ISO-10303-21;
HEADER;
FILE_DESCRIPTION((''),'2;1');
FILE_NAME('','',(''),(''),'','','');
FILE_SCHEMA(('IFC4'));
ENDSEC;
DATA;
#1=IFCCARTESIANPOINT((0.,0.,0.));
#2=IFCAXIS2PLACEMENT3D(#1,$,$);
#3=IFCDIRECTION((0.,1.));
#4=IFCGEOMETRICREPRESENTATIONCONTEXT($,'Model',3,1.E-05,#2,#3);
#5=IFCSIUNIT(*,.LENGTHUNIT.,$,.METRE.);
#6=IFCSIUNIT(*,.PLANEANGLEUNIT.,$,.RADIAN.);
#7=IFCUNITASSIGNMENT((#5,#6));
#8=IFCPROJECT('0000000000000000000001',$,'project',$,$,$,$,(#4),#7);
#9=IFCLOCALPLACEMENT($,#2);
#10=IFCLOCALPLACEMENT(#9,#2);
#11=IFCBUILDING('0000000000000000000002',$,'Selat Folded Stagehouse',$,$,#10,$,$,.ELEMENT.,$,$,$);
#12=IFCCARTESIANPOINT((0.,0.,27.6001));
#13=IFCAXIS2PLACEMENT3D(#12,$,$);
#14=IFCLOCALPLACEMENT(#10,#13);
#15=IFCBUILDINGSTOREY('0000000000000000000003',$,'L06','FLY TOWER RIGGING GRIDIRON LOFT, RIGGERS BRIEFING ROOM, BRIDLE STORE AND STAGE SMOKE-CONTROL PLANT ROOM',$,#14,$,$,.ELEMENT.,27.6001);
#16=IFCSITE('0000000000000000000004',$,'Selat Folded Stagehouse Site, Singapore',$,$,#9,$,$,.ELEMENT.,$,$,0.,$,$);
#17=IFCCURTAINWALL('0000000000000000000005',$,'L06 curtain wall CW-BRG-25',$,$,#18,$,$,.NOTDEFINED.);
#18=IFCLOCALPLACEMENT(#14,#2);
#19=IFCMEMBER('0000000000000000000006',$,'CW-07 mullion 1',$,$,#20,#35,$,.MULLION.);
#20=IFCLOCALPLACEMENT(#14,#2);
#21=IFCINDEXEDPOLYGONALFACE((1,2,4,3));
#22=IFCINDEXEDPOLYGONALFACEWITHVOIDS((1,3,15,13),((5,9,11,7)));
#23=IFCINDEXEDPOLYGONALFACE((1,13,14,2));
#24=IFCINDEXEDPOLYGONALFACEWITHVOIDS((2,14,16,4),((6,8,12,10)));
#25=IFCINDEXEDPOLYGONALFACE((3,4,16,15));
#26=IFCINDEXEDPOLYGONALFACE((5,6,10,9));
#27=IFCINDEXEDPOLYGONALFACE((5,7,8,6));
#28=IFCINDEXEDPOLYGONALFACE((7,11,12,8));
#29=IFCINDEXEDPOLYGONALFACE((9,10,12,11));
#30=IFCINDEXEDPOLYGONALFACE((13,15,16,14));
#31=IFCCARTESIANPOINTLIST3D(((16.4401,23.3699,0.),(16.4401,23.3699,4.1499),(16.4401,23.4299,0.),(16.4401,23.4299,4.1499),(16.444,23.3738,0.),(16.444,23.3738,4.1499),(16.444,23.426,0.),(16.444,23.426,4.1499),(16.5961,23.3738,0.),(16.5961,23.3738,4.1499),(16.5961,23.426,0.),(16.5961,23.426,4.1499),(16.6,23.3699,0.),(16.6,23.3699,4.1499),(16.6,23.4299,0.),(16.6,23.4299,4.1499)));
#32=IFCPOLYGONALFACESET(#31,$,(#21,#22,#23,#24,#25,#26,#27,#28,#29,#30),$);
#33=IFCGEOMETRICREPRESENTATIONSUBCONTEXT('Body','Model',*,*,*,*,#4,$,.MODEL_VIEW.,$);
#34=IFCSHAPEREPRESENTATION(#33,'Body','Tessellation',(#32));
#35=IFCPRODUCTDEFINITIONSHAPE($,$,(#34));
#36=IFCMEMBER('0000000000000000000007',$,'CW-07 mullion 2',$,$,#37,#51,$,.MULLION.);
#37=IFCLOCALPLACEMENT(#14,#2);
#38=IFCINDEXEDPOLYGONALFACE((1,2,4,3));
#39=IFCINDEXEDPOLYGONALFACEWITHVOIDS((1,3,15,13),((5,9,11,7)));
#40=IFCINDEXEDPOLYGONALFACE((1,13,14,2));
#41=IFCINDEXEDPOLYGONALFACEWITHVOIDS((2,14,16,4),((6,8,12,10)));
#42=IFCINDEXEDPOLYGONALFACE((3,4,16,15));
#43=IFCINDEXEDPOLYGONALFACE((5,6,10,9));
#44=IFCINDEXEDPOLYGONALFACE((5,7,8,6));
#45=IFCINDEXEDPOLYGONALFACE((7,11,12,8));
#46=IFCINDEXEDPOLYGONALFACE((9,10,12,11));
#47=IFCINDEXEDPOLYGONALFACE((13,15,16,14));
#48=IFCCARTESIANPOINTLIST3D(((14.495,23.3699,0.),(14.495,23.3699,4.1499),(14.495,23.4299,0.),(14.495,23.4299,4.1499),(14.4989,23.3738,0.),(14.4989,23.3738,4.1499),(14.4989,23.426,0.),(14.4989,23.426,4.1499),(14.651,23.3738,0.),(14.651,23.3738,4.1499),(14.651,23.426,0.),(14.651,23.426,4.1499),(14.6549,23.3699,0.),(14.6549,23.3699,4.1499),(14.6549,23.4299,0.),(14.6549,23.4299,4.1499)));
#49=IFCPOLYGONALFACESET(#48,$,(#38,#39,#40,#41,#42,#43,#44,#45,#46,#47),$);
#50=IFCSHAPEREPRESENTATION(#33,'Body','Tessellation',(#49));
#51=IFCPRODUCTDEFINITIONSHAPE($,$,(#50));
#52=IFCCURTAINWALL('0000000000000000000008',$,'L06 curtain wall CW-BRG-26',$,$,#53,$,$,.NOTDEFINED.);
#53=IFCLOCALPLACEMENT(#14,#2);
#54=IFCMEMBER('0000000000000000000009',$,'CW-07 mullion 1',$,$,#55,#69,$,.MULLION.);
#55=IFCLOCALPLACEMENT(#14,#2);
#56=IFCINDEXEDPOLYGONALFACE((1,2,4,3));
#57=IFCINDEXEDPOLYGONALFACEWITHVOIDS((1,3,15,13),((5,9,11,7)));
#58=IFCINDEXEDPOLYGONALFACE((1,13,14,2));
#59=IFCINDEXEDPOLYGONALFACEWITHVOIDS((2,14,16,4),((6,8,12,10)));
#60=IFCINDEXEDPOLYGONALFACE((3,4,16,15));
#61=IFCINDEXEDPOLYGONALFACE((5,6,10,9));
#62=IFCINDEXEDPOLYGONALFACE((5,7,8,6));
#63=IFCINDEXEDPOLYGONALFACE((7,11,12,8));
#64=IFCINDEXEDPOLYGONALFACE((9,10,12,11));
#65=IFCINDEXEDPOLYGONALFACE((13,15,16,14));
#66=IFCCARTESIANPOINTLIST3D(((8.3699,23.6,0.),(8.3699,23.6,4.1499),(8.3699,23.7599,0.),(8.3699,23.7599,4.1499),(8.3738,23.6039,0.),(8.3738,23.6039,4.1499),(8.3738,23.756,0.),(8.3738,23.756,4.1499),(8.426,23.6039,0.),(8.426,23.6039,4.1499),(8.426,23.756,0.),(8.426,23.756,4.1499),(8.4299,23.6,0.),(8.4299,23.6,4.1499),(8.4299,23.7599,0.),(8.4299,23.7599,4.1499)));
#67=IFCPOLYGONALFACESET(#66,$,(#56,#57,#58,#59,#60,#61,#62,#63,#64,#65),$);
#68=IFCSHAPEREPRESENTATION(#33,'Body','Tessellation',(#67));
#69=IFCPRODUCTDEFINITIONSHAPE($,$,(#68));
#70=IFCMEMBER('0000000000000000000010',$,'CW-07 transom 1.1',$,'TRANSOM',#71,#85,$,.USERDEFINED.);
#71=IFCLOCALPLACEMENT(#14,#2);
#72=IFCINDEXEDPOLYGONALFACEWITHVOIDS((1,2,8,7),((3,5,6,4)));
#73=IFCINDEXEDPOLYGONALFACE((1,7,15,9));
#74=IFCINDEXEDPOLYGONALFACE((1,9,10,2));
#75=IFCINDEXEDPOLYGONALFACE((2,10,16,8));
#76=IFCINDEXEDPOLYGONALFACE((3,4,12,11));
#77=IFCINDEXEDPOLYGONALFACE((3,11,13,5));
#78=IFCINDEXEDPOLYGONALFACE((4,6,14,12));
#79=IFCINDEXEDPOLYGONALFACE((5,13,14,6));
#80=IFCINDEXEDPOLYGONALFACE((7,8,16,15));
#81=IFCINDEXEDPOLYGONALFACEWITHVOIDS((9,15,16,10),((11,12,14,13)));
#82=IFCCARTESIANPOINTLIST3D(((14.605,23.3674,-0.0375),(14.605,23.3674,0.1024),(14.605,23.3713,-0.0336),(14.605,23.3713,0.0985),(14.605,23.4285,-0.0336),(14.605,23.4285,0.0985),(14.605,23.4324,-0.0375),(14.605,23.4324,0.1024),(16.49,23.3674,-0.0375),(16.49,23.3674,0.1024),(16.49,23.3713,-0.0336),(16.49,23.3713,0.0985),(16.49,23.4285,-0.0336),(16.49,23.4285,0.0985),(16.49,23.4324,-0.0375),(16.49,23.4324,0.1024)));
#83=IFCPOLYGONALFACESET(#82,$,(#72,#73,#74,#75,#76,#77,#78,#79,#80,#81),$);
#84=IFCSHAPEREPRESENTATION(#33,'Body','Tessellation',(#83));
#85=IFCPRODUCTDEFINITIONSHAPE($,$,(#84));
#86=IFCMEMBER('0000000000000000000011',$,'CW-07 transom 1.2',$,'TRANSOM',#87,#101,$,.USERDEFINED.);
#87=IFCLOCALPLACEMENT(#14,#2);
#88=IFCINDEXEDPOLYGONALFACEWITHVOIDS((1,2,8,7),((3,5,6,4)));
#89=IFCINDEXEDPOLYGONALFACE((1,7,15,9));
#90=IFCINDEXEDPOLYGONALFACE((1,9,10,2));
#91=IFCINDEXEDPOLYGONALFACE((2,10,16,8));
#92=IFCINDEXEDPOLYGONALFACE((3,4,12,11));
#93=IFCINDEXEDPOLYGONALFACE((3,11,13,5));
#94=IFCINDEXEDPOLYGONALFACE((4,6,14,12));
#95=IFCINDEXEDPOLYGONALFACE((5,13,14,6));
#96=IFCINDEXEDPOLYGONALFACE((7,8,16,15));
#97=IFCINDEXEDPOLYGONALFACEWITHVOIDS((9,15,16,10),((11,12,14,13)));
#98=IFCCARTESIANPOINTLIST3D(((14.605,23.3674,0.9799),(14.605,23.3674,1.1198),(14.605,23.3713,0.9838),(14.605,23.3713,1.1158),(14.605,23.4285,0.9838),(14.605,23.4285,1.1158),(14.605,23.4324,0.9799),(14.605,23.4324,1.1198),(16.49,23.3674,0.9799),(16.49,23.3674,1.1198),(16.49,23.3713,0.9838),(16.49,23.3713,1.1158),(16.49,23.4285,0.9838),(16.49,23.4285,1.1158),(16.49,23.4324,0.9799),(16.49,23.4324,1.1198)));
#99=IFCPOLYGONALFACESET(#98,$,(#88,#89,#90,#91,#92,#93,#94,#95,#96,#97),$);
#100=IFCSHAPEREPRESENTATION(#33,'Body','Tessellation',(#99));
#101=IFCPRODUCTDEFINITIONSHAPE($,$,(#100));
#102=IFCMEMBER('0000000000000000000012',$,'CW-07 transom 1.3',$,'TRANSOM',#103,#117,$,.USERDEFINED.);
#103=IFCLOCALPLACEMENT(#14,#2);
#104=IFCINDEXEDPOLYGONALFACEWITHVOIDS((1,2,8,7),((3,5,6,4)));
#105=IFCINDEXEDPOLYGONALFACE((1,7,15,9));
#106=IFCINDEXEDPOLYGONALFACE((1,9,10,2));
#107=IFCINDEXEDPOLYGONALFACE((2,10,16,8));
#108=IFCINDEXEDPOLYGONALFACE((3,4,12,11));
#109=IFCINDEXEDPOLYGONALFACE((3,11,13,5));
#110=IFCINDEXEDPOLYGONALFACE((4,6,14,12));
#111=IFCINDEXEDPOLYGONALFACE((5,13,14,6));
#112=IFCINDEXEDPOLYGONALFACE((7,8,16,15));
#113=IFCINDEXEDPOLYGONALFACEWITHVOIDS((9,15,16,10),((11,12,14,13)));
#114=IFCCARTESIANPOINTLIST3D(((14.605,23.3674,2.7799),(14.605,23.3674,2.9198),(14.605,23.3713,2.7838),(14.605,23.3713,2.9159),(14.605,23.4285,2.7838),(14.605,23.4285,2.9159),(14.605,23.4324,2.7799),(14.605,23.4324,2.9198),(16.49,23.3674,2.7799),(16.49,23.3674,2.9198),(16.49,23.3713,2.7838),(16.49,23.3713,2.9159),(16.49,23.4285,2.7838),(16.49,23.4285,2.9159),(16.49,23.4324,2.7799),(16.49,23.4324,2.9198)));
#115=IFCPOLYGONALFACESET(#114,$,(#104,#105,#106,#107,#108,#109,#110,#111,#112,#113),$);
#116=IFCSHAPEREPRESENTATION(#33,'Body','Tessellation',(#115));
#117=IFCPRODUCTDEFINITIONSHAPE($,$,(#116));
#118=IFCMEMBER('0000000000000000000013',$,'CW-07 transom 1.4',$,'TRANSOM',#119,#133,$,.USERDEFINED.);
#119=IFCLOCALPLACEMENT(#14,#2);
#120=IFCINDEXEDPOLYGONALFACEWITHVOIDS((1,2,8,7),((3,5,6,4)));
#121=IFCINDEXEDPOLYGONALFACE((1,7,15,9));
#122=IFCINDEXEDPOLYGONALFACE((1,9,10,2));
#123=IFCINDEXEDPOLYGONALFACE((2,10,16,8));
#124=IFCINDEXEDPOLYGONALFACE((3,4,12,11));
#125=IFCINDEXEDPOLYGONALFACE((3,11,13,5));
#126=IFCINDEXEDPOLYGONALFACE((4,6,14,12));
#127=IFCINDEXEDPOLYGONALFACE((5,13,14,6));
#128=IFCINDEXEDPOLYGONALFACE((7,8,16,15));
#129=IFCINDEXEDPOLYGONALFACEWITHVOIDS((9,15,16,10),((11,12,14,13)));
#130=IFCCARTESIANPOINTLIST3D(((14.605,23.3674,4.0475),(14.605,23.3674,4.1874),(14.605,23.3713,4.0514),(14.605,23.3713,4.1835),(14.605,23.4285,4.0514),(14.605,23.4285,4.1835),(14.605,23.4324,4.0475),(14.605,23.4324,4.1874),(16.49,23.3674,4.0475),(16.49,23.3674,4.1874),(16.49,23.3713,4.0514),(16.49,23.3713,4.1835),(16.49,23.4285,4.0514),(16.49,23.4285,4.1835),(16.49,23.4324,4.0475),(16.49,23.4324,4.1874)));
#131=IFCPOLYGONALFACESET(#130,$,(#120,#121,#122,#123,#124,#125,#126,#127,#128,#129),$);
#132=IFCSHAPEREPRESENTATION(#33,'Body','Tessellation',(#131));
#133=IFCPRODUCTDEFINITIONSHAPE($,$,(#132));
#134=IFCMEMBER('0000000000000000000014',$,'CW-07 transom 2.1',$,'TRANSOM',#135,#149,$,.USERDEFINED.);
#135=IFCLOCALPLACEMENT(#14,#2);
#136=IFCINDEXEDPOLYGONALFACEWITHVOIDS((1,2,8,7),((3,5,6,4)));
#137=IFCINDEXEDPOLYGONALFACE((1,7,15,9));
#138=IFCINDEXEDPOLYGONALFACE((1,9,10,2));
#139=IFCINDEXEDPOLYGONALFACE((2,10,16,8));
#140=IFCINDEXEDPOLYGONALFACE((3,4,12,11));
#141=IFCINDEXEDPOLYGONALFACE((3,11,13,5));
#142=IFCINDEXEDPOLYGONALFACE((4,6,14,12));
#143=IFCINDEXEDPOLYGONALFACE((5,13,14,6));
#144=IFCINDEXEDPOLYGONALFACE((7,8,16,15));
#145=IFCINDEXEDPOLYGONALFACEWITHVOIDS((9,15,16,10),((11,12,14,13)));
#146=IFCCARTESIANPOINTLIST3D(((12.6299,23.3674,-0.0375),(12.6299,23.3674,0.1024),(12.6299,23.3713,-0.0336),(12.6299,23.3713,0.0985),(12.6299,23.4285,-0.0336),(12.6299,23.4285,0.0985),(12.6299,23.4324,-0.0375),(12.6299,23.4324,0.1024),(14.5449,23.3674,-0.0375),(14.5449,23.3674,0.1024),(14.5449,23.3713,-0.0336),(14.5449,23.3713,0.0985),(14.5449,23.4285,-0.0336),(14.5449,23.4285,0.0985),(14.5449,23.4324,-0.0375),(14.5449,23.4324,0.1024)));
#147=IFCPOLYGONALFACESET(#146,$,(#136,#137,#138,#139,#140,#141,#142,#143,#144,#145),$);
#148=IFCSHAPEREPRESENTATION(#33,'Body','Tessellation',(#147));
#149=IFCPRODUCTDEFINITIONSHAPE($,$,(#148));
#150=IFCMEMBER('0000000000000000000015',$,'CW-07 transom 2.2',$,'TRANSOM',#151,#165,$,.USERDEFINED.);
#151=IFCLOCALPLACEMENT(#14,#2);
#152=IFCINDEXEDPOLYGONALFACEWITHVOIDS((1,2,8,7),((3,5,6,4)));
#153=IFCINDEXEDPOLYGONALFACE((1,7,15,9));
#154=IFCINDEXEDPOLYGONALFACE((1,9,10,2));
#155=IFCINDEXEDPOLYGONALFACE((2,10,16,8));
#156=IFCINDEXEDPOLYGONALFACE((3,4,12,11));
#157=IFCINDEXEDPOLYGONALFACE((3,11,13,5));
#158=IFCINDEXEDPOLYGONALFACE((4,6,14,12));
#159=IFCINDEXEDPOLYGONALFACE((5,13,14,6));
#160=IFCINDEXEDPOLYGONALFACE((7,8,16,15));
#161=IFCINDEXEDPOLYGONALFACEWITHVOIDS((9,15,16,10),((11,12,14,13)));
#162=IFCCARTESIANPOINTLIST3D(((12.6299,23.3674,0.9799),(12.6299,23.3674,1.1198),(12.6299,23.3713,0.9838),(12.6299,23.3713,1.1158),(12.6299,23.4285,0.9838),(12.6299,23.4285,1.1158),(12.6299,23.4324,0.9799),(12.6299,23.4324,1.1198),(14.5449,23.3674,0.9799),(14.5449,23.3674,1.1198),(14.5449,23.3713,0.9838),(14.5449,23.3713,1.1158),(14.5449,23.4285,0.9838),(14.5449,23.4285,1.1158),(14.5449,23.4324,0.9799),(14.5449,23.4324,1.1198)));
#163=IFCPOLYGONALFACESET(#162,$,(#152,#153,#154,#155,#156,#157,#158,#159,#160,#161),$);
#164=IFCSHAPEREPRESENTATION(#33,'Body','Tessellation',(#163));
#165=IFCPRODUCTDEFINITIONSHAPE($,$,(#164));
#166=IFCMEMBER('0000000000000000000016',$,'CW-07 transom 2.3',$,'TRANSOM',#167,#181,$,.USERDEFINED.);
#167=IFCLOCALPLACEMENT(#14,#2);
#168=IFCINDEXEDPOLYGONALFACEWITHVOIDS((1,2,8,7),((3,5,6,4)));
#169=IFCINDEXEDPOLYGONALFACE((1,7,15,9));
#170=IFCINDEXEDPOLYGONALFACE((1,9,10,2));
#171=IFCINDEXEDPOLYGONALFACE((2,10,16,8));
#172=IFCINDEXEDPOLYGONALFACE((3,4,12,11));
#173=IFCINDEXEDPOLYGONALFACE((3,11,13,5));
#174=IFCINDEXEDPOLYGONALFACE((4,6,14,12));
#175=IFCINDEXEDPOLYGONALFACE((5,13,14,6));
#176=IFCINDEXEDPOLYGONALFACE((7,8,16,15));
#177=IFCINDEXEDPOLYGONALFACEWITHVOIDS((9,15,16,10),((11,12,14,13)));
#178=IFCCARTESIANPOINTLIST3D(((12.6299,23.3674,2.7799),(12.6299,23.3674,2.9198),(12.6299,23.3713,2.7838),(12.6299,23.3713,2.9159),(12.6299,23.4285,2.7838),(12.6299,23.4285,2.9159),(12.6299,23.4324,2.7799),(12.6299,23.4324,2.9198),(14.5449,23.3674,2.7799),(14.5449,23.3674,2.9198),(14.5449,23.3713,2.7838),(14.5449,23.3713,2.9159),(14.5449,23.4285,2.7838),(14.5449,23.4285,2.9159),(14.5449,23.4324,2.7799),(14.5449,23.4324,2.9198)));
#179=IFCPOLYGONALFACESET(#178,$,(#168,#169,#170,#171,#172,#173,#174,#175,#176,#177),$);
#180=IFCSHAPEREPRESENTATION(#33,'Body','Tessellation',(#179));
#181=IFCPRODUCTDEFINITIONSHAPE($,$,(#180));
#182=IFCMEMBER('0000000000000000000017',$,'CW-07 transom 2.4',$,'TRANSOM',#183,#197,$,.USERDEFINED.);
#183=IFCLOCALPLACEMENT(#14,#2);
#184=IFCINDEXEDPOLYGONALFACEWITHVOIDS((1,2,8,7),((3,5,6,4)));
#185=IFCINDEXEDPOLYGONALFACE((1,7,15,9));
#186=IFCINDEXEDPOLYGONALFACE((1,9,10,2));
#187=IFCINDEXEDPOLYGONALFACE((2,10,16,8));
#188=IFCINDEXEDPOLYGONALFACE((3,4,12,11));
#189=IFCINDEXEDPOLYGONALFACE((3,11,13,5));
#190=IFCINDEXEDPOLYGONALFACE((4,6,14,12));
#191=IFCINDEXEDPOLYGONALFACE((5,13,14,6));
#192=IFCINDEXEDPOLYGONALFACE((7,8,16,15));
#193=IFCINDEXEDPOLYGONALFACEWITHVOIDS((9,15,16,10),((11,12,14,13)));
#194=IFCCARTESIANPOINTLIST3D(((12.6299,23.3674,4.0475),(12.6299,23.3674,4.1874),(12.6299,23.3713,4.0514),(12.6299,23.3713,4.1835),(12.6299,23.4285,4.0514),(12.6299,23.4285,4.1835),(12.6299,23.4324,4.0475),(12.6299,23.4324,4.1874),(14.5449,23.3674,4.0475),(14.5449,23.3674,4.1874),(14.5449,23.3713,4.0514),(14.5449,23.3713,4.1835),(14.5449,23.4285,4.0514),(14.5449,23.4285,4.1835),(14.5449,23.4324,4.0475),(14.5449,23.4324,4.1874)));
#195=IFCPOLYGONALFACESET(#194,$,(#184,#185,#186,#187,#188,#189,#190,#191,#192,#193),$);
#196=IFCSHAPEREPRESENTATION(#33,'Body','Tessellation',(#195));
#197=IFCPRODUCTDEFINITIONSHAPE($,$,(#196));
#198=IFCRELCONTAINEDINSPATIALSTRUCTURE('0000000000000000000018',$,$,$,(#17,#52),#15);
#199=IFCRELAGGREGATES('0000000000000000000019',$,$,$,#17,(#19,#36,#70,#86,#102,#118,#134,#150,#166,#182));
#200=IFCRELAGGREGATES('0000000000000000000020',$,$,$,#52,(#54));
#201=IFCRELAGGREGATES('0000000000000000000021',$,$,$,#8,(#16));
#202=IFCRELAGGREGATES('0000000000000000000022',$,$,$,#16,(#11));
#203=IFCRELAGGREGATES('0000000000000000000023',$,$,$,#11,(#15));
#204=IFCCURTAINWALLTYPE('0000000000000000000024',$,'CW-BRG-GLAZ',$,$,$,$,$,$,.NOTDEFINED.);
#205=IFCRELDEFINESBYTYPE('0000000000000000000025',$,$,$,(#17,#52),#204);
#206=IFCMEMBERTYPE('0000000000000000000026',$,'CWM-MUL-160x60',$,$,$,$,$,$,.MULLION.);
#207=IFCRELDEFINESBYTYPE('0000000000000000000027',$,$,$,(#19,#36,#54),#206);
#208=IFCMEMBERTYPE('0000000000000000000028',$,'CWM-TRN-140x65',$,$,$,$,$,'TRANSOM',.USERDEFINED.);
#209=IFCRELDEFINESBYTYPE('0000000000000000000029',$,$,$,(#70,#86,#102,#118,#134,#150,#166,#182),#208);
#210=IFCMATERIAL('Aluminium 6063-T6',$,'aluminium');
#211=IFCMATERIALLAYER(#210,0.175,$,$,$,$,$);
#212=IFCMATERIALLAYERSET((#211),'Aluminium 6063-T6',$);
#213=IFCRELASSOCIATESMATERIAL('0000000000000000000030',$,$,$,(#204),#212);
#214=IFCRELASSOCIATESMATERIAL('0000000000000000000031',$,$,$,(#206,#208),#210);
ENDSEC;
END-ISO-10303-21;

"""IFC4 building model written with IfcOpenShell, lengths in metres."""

from ifc_helpers import new_model, si_unit, direction, frame, origin, origin_2d, place, context, subcontext, project, spatial, hollow_rectangle, extrude, material, layer, layer_set, material_profile, profile_set, type_object, element, aggregate, save


model = new_model("IFC4")

# Units and contexts
model_context = context("Model", 3, precision=1e-05, world=origin(), true_north=direction((0.0, 1.0)))
body_context = subcontext(model_context, "Body", "Model", "MODEL_VIEW")
ifc_project = project(units=[si_unit("LENGTHUNIT", "METRE"), si_unit("PLANEANGLEUNIT", "RADIAN")], contexts=[model_context])

# Site, building, storey
site_placement = place(None, origin())
site = spatial("IfcSite", under=ifc_project, at=site_placement, Name="Selat Folded Stagehouse Site, Singapore", CompositionType="ELEMENT", RefElevation=0.0)
building_placement = place(site_placement, origin())
building = spatial("IfcBuilding", under=site, at=building_placement, Name="Selat Folded Stagehouse", CompositionType="ELEMENT")
storey_placement = place(building_placement, frame((0.0, 0.0, 27.6001)))
storey = spatial("IfcBuildingStorey", under=building, at=storey_placement, Name="L06", Description="FLY TOWER RIGGING GRIDIRON LOFT, RIGGERS BRIEFING ROOM, BRIDLE STORE AND STAGE SMOKE-CONTROL PLANT ROOM", CompositionType="ELEMENT", Elevation=27.6001)

# Curtain wall, members
ifc_material_1 = material(Name="Aluminium 6063-T6", Category="aluminium")
ifc_layer_1 = layer(ifc_material_1, 0.175)
ifc_layer_set_1 = layer_set([ifc_layer_1], Name="Aluminium 6063-T6")
curtain_wall_type = type_object("IfcCurtainWallType", Name="CW-BRG-GLAZ", PredefinedType="NOTDEFINED", material=ifc_layer_set_1)
curtain_wall_1_placement = place(storey_placement, origin())
curtain_wall_1 = element("IfcCurtainWall", 1, at=curtain_wall_1_placement, inside=storey, type_object=curtain_wall_type, Name="L06 curtain wall CW-BRG-25", PredefinedType="NOTDEFINED")
ifc_material_profile_1 = material_profile(ifc_material_1, hollow_rectangle(XDim=0.0601, YDim=0.1599, WallThickness=0.0039, at=origin_2d()), Name="ALU 160x60x4.0")
ifc_profile_set_1 = profile_set([ifc_material_profile_1], Name="Aluminium 6063-T6")
member_type_1 = type_object("IfcMemberType", Name="CWM-MUL-160x60", PredefinedType="MULLION", material=ifc_profile_set_1)
member_1_placement = place(storey_placement, frame((16.52, 23.3999, 0.0), z_axis=(0.0, 0.0, 1.0), x_axis=(0.0, -1.0, 0.0)))
member_1 = element("IfcMember", 2, at=member_1_placement, type_object=member_type_1, Name="CW-07 mullion 1", PredefinedType="MULLION", context=body_context, shape_type="SweptSolid", body=[
    extrude(hollow_rectangle(XDim=0.0601, YDim=0.1599, WallThickness=0.0039, at=origin_2d()), origin(), (0.0, 0.0, 1.0), 4.1499),
])
member_2_placement = place(storey_placement, frame((14.575, 23.3999, 0.0), z_axis=(0.0, 0.0, 1.0), x_axis=(0.0, -1.0, 0.0)))
member_2 = element("IfcMember", 3, at=member_2_placement, type_object=member_type_1, Name="CW-07 mullion 2", PredefinedType="MULLION", context=body_context, shape_type="SweptSolid", body=[
    extrude(hollow_rectangle(XDim=0.0601, YDim=0.1599, WallThickness=0.0039, at=origin_2d()), origin(), (0.0, 0.0, 1.0), 4.1499),
])

# Curtain wall, member
curtain_wall_2_placement = place(storey_placement, origin())
curtain_wall_2 = element("IfcCurtainWall", 4, at=curtain_wall_2_placement, inside=storey, type_object=curtain_wall_type, Name="L06 curtain wall CW-BRG-26", PredefinedType="NOTDEFINED")
member_3_placement = place(storey_placement, frame((8.3999, 23.6799, 0.0), z_axis=(0.0, 0.0, 1.0), x_axis=(-1.0, 0.0, 0.0)))
member_3 = element("IfcMember", 5, at=member_3_placement, type_object=member_type_1, Name="CW-07 mullion 1", PredefinedType="MULLION", context=body_context, shape_type="SweptSolid", body=[
    extrude(hollow_rectangle(XDim=0.0601, YDim=0.1599, WallThickness=0.0039, at=origin_2d()), origin(), (0.0, 0.0, 1.0), 4.1499),
])

# Members
ifc_material_profile_2 = material_profile(ifc_material_1, hollow_rectangle(XDim=0.0649, YDim=0.1399, WallThickness=0.0039, at=origin_2d()), Name="ALU 140x65x4.0")
ifc_profile_set_2 = profile_set([ifc_material_profile_2], Name="Aluminium 6063-T6")
member_type_2 = type_object("IfcMemberType", Name="CWM-TRN-140x65", ElementType="TRANSOM", PredefinedType="USERDEFINED", material=ifc_profile_set_2)
member_4_placement = place(storey_placement, frame((16.49, 23.3999, 0.0325), z_axis=(-1.0, 0.0, 0.0), x_axis=(0.0, -1.0, 0.0)))
member_4 = element("IfcMember", 6, at=member_4_placement, type_object=member_type_2, Name="CW-07 transom 1.1", ObjectType="TRANSOM", PredefinedType="USERDEFINED", context=body_context, shape_type="SweptSolid", body=[
    extrude(hollow_rectangle(XDim=0.0649, YDim=0.1399, WallThickness=0.0039, at=origin_2d()), origin(), (0.0, 0.0, 1.0), 1.885),
])
member_5_placement = place(storey_placement, frame((16.49, 23.3999, 1.0498), z_axis=(-1.0, 0.0, 0.0), x_axis=(0.0, -1.0, 0.0)))
member_5 = element("IfcMember", 7, at=member_5_placement, type_object=member_type_2, Name="CW-07 transom 1.2", ObjectType="TRANSOM", PredefinedType="USERDEFINED", context=body_context, shape_type="SweptSolid", body=[
    extrude(hollow_rectangle(XDim=0.0649, YDim=0.1399, WallThickness=0.0039, at=origin_2d()), origin(), (0.0, 0.0, 1.0), 1.885),
])
member_6_placement = place(storey_placement, frame((16.49, 23.3999, 2.8499), z_axis=(-1.0, 0.0, 0.0), x_axis=(0.0, -1.0, 0.0)))
member_6 = element("IfcMember", 8, at=member_6_placement, type_object=member_type_2, Name="CW-07 transom 1.3", ObjectType="TRANSOM", PredefinedType="USERDEFINED", context=body_context, shape_type="SweptSolid", body=[
    extrude(hollow_rectangle(XDim=0.0649, YDim=0.1399, WallThickness=0.0039, at=origin_2d()), origin(), (0.0, 0.0, 1.0), 1.885),
])
member_7_placement = place(storey_placement, frame((16.49, 23.3999, 4.1174), z_axis=(-1.0, 0.0, 0.0), x_axis=(0.0, -1.0, 0.0)))
member_7 = element("IfcMember", 9, at=member_7_placement, type_object=member_type_2, Name="CW-07 transom 1.4", ObjectType="TRANSOM", PredefinedType="USERDEFINED", context=body_context, shape_type="SweptSolid", body=[
    extrude(hollow_rectangle(XDim=0.0649, YDim=0.1399, WallThickness=0.0039, at=origin_2d()), origin(), (0.0, 0.0, 1.0), 1.885),
])
member_8_placement = place(storey_placement, frame((14.5449, 23.3999, 0.0325), z_axis=(-1.0, 0.0, 0.0), x_axis=(0.0, -1.0, 0.0)))
member_8 = element("IfcMember", 10, at=member_8_placement, type_object=member_type_2, Name="CW-07 transom 2.1", ObjectType="TRANSOM", PredefinedType="USERDEFINED", context=body_context, shape_type="SweptSolid", body=[
    extrude(hollow_rectangle(XDim=0.0649, YDim=0.1399, WallThickness=0.0039, at=origin_2d()), origin(), (0.0, 0.0, 1.0), 1.915),
])
member_9_placement = place(storey_placement, frame((14.5449, 23.3999, 1.0498), z_axis=(-1.0, 0.0, 0.0), x_axis=(0.0, -1.0, 0.0)))
member_9 = element("IfcMember", 11, at=member_9_placement, type_object=member_type_2, Name="CW-07 transom 2.2", ObjectType="TRANSOM", PredefinedType="USERDEFINED", context=body_context, shape_type="SweptSolid", body=[
    extrude(hollow_rectangle(XDim=0.0649, YDim=0.1399, WallThickness=0.0039, at=origin_2d()), origin(), (0.0, 0.0, 1.0), 1.915),
])
member_10_placement = place(storey_placement, frame((14.5449, 23.3999, 2.8499), z_axis=(-1.0, 0.0, 0.0), x_axis=(0.0, -1.0, 0.0)))
member_10 = element("IfcMember", 12, at=member_10_placement, type_object=member_type_2, Name="CW-07 transom 2.3", ObjectType="TRANSOM", PredefinedType="USERDEFINED", context=body_context, shape_type="SweptSolid", body=[
    extrude(hollow_rectangle(XDim=0.0649, YDim=0.1399, WallThickness=0.0039, at=origin_2d()), origin(), (0.0, 0.0, 1.0), 1.915),
])
member_11_placement = place(storey_placement, frame((14.5449, 23.3999, 4.1174), z_axis=(-1.0, 0.0, 0.0), x_axis=(0.0, -1.0, 0.0)))
member_11 = element("IfcMember", 13, at=member_11_placement, type_object=member_type_2, Name="CW-07 transom 2.4", ObjectType="TRANSOM", PredefinedType="USERDEFINED", context=body_context, shape_type="SweptSolid", body=[
    extrude(hollow_rectangle(XDim=0.0649, YDim=0.1399, WallThickness=0.0039, at=origin_2d()), origin(), (0.0, 0.0, 1.0), 1.915),
])

aggregate(curtain_wall_1, [member_1, member_2, member_4, member_5, member_6, member_7, member_8, member_9, member_10, member_11])
aggregate(curtain_wall_2, [member_3])

save(model, "model.ifc")
